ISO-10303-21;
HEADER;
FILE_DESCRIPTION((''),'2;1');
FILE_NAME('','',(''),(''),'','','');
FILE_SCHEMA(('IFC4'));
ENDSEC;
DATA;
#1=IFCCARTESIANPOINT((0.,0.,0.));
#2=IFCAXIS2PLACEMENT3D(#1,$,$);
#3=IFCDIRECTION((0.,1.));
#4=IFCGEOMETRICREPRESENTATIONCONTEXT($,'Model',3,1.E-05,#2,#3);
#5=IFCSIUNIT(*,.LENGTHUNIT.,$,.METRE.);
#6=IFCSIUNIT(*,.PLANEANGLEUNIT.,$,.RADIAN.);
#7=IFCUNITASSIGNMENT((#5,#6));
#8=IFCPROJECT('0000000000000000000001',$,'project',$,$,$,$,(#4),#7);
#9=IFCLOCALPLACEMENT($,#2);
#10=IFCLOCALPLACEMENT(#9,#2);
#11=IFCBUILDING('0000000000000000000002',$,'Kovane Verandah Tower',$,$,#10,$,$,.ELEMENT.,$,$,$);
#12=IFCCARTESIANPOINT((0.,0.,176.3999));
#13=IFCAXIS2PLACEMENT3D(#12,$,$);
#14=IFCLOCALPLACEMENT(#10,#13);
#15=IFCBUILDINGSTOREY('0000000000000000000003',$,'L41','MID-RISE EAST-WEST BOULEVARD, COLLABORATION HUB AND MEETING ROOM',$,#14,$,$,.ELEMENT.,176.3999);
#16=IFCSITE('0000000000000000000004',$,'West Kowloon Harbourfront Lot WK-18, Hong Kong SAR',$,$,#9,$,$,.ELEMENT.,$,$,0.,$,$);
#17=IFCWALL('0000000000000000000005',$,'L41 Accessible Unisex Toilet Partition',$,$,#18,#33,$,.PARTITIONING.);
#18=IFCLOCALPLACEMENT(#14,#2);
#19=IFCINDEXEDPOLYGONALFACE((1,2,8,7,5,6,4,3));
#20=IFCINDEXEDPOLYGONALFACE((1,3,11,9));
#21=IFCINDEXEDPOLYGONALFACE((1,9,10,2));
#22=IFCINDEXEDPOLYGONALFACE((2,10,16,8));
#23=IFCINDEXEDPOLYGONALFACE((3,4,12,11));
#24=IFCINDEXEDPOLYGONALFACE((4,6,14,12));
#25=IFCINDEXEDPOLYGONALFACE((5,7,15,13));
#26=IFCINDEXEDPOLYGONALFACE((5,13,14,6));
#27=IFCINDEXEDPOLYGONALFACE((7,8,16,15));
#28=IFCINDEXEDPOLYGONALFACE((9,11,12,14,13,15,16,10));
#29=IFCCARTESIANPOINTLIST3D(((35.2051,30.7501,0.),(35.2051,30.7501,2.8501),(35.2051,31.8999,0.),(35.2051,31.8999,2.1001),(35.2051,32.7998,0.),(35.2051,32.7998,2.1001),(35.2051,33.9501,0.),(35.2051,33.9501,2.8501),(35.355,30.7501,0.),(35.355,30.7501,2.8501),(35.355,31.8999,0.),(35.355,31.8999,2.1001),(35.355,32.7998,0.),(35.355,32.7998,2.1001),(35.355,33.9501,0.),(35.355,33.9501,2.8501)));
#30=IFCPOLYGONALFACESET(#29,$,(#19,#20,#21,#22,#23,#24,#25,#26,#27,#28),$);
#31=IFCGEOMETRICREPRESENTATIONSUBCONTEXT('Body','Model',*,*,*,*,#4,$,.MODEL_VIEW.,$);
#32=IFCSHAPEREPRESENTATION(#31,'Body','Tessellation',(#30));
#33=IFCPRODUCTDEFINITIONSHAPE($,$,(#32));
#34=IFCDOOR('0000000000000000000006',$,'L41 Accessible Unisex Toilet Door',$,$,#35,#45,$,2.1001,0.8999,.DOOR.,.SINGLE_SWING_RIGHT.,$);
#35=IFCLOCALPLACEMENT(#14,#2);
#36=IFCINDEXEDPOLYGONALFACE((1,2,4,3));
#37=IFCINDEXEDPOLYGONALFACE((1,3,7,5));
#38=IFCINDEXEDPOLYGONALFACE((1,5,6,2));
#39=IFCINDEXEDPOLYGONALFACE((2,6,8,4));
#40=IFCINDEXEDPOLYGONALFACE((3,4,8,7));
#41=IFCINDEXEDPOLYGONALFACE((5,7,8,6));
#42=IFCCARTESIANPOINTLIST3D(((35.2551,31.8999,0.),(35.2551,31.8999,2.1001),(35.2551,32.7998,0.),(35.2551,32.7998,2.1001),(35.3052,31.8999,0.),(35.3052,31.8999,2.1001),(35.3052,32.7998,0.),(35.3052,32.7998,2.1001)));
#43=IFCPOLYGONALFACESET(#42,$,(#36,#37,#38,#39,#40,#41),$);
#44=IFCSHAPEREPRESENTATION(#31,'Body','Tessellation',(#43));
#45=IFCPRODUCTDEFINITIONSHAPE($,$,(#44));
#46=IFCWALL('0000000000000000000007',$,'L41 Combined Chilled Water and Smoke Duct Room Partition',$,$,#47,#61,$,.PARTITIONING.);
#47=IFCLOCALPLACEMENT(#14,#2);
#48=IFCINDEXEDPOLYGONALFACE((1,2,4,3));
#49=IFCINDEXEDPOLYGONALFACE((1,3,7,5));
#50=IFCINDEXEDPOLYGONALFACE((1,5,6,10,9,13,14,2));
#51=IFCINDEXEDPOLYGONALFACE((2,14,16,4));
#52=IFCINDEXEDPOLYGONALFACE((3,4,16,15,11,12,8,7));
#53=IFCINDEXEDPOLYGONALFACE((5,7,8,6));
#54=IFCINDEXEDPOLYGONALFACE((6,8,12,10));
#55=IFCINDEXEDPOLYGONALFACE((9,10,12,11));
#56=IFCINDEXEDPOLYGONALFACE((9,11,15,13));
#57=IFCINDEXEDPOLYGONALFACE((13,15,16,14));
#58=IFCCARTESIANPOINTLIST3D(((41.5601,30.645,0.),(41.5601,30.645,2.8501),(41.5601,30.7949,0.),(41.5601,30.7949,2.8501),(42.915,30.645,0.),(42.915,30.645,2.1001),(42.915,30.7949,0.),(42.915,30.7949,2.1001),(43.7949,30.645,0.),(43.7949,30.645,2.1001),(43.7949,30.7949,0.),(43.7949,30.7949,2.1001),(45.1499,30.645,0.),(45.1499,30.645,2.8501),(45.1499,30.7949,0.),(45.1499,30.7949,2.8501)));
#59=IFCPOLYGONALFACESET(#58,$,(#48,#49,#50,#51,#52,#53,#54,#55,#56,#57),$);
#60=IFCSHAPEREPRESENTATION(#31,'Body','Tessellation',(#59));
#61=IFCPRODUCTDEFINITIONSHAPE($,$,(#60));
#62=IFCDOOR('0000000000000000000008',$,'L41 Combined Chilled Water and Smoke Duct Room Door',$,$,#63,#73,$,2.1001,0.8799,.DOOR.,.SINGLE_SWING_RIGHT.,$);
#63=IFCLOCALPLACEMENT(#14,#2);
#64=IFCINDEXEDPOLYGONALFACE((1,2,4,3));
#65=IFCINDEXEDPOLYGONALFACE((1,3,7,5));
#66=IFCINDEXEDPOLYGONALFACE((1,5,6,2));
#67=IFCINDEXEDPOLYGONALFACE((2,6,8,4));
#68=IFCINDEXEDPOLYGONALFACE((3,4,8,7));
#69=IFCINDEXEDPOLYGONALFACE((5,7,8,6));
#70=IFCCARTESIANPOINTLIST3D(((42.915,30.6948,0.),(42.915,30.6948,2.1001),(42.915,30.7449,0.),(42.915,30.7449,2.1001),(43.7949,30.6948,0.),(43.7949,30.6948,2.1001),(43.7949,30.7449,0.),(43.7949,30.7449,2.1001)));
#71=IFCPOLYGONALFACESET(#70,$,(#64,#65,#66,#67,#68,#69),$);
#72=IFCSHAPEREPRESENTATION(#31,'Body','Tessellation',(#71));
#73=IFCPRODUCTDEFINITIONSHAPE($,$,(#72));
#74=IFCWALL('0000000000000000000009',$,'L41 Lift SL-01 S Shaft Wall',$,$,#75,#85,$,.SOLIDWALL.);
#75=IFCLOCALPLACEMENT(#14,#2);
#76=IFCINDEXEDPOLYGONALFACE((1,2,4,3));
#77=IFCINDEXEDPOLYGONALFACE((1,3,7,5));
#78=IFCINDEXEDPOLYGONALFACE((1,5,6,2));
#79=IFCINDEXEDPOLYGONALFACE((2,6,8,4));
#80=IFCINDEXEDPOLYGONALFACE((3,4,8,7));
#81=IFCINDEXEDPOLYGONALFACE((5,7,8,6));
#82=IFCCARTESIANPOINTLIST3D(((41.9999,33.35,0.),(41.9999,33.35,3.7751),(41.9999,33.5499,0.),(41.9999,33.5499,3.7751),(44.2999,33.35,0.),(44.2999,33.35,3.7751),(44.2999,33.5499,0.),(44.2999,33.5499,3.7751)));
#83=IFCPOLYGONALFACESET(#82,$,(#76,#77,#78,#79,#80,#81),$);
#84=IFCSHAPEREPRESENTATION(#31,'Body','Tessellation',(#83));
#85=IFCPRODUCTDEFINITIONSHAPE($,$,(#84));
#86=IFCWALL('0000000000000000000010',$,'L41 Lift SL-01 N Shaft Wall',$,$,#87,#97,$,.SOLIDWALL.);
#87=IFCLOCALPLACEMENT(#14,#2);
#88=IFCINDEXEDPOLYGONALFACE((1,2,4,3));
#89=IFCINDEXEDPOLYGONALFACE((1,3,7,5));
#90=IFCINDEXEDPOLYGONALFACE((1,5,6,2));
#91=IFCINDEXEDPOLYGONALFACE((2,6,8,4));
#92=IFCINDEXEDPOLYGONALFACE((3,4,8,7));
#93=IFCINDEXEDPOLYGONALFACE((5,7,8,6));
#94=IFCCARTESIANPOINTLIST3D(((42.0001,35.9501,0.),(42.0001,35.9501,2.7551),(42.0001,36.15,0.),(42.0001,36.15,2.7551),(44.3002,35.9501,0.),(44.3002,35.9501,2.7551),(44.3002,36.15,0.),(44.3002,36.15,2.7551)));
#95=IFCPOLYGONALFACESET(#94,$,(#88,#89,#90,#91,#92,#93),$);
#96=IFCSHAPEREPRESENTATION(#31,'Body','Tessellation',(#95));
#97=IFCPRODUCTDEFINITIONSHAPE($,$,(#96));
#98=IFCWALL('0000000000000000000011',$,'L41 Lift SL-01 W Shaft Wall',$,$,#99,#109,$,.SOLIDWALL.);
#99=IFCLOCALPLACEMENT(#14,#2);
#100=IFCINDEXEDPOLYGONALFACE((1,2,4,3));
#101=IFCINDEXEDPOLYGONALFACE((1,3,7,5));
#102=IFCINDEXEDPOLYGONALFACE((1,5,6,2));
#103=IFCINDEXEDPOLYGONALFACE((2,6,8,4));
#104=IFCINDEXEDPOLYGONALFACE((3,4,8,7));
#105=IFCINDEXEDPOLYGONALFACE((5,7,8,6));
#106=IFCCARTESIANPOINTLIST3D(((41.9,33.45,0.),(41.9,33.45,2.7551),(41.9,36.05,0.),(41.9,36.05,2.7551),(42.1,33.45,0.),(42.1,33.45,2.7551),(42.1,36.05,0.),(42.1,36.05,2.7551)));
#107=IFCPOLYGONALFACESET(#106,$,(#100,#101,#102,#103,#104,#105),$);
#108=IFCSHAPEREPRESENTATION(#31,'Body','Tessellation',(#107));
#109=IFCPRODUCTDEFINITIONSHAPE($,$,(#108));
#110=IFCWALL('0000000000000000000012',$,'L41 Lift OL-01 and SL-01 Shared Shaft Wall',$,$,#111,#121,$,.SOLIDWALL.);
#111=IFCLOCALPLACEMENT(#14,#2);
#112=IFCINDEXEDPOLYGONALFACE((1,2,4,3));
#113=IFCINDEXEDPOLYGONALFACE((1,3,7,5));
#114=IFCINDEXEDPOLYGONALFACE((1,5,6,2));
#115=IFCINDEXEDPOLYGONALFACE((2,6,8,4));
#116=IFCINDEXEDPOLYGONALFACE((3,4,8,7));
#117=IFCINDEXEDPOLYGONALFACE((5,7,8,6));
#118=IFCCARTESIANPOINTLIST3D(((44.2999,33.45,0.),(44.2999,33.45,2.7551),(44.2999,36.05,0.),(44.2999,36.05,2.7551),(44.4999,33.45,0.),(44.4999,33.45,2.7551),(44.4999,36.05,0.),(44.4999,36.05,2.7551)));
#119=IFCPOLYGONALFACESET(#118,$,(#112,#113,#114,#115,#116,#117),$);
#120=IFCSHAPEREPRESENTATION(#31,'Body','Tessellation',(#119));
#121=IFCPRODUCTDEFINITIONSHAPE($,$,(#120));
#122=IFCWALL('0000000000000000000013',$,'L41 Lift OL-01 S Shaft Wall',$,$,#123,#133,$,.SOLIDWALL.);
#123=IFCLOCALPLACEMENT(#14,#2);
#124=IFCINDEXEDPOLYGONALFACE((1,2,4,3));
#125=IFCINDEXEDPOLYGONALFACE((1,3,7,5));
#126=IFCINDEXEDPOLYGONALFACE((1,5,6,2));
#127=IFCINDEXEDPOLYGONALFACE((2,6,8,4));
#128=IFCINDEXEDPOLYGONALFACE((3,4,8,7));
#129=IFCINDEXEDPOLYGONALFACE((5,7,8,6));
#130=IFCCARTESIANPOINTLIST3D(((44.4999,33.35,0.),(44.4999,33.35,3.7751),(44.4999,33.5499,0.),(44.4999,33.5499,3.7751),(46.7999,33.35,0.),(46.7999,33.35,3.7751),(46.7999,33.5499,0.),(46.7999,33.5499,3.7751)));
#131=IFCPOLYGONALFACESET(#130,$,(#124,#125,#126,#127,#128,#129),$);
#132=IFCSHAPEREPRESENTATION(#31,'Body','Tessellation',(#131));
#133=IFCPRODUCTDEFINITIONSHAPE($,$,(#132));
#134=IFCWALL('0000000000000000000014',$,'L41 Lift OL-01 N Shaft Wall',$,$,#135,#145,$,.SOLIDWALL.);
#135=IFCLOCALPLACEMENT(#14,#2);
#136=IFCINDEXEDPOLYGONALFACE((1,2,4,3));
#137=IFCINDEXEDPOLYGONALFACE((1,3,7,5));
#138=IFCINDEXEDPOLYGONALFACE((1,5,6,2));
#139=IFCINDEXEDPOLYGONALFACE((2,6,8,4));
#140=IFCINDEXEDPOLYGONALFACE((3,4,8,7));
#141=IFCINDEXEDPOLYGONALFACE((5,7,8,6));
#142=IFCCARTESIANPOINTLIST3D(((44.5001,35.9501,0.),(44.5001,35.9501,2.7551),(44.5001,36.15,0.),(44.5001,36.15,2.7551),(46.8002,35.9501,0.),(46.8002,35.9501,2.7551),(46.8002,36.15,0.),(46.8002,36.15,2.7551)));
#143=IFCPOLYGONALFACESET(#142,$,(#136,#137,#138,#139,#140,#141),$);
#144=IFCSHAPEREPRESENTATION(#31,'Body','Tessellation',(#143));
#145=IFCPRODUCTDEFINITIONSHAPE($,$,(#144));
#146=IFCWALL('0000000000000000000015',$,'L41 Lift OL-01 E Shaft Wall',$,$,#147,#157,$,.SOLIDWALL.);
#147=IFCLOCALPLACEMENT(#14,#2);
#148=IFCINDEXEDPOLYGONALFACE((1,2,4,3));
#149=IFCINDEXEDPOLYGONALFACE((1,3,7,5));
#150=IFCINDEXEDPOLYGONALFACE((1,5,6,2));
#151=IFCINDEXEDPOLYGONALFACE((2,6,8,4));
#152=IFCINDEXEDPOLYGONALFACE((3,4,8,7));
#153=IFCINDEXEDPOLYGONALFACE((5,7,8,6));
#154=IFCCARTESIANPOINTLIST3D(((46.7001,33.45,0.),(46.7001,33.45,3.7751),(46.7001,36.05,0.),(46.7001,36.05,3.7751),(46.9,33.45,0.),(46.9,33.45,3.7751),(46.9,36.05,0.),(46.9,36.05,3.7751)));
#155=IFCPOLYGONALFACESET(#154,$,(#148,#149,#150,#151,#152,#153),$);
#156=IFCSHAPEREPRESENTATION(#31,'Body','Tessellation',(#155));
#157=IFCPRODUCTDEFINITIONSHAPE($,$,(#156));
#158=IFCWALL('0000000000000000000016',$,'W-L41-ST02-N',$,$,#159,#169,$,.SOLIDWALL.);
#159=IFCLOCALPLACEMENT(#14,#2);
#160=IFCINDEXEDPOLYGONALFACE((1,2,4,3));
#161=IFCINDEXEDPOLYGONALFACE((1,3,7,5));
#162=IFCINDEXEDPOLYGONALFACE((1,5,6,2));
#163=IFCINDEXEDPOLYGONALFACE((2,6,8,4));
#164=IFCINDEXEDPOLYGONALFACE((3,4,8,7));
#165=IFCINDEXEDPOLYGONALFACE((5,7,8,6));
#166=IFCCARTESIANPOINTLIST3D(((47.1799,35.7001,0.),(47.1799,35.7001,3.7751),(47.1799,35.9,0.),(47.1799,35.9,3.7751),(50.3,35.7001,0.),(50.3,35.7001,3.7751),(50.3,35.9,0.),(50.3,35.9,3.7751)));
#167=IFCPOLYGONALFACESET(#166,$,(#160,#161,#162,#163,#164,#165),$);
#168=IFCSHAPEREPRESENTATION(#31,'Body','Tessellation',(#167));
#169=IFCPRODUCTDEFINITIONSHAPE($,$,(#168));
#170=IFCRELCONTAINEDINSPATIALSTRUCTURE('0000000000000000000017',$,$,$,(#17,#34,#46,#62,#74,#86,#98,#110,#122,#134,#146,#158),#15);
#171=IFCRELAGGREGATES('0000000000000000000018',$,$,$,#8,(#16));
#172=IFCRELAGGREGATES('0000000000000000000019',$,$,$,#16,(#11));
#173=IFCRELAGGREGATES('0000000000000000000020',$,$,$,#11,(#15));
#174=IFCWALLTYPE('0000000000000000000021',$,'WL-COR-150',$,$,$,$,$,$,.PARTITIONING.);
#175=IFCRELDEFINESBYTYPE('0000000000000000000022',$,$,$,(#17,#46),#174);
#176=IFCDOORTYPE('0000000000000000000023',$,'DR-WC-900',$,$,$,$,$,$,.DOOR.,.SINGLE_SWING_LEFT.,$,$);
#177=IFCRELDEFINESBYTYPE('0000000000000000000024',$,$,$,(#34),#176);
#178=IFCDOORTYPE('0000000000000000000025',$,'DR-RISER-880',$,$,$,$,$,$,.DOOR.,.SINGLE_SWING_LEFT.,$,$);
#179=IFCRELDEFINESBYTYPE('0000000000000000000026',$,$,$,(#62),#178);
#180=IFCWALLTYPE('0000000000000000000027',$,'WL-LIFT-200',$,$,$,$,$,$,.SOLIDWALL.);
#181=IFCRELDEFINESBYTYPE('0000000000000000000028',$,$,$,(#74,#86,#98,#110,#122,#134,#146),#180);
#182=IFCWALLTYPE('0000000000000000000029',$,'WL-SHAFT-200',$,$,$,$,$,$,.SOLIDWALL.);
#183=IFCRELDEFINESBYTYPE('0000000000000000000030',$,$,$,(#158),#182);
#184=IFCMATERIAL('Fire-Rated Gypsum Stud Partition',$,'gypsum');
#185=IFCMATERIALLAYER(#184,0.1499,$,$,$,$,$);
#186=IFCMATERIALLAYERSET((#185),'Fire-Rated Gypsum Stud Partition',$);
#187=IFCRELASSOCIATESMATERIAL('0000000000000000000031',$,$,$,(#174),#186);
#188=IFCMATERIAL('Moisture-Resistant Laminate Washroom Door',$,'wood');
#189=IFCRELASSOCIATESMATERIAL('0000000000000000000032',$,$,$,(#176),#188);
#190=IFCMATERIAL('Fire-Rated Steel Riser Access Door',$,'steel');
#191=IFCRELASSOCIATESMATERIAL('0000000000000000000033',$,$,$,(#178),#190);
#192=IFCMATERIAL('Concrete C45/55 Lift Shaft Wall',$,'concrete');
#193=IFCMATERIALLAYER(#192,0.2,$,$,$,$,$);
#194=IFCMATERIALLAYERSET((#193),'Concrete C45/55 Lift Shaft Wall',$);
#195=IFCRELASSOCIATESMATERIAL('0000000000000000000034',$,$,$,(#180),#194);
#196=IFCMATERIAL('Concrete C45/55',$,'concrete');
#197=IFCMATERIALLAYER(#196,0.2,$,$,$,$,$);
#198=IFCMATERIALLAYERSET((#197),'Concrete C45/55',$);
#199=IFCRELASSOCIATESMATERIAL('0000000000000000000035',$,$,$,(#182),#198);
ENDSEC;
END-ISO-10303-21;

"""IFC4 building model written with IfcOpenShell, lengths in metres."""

from ifc_helpers import new_model, si_unit, direction, frame, frame_2d, origin, place, context, subcontext, project, spatial, rectangle, extrude, material, layer, layer_set, type_object, element, fill, save


model = new_model("IFC4")

# Units and contexts
model_context = context("Model", 3, precision=1e-05, world=origin(), true_north=direction((0.0, 1.0)))
body_context = subcontext(model_context, "Body", "Model", "MODEL_VIEW")
ifc_project = project(units=[si_unit("LENGTHUNIT", "METRE"), si_unit("PLANEANGLEUNIT", "RADIAN")], contexts=[model_context])

# Site, building, storey
site_placement = place(None, origin())
site = spatial("IfcSite", under=ifc_project, at=site_placement, Name="West Kowloon Harbourfront Lot WK-18, Hong Kong SAR", CompositionType="ELEMENT", RefElevation=0.0)
building_placement = place(site_placement, origin())
building = spatial("IfcBuilding", under=site, at=building_placement, Name="Kovane Verandah Tower", CompositionType="ELEMENT")
storey_placement = place(building_placement, frame((0.0, 0.0, 176.3999)))
storey = spatial("IfcBuildingStorey", under=building, at=storey_placement, Name="L41", Description="MID-RISE EAST-WEST BOULEVARD, COLLABORATION HUB AND MEETING ROOM", CompositionType="ELEMENT", Elevation=176.3999)

# Walls, openings, doors
ifc_material_1 = material(Name="Fire-Rated Gypsum Stud Partition", Category="gypsum")
ifc_layer_1 = layer(ifc_material_1, 0.1499)
ifc_layer_set_1 = layer_set([ifc_layer_1], Name="Fire-Rated Gypsum Stud Partition")
wall_type_1 = type_object("IfcWallType", Name="WL-COR-150", PredefinedType="PARTITIONING", material=ifc_layer_set_1)
wall_1_placement = place(storey_placement, frame((35.28, 30.75, 0.0), z_axis=(0.0, 0.0, 1.0), x_axis=(0.0, 1.0, 0.0)))
wall_1 = element("IfcWall", 1, at=wall_1_placement, inside=storey, type_object=wall_type_1, Name="L41 Accessible Unisex Toilet Partition", PredefinedType="PARTITIONING", context=body_context, shape_type="SweptSolid", body=[
    extrude(rectangle(XDim=3.2, YDim=0.1499, at=frame_2d((1.6001, 0.0))), origin(), (0.0, 0.0, 1.0), 2.8501),
])
opening_1_placement = place(wall_1_placement, frame((1.1499, 0.0, 0.0)))
opening_1 = element("IfcOpeningElement", 2, at=opening_1_placement, cuts=wall_1, PredefinedType="OPENING", context=body_context, shape_type="SweptSolid", body=[
    extrude(rectangle(XDim=0.8999, YDim=2.1001, at=frame_2d((0.45, 1.05))), frame((0.0, 0.075, 0.0), z_axis=(0.0, -1.0, 0.0), x_axis=(1.0, 0.0, 0.0)), (0.0, 0.0, 1.0), 0.1499),
])
ifc_material_2 = material(Name="Moisture-Resistant Laminate Washroom Door", Category="wood")
door_type_1 = type_object("IfcDoorType", Name="DR-WC-900", OperationType="SINGLE_SWING_LEFT", PredefinedType="DOOR", material=ifc_material_2)
door_1_placement = place(opening_1_placement, origin())
door_1 = element("IfcDoor", 3, at=door_1_placement, inside=storey, type_object=door_type_1, Name="L41 Accessible Unisex Toilet Door", OperationType="SINGLE_SWING_RIGHT", OverallHeight=2.1001, OverallWidth=0.8999, PredefinedType="DOOR", context=body_context, shape_type="SweptSolid", body=[
    extrude(rectangle(XDim=0.8999, YDim=2.1001, at=frame_2d((0.45, 1.05))), frame((0.0, 0.0249, 0.0), z_axis=(0.0, -1.0, 0.0), x_axis=(1.0, 0.0, 0.0)), (0.0, 0.0, 1.0), 0.05),
])
fill(opening_1, door_1)
wall_2_placement = place(storey_placement, frame((41.5601, 30.72, 0.0), z_axis=(0.0, 0.0, 1.0), x_axis=(1.0, 0.0, 0.0)))
wall_2 = element("IfcWall", 4, at=wall_2_placement, inside=storey, type_object=wall_type_1, Name="L41 Combined Chilled Water and Smoke Duct Room Partition", PredefinedType="PARTITIONING", context=body_context, shape_type="SweptSolid", body=[
    extrude(rectangle(XDim=3.5898, YDim=0.1499, at=frame_2d((1.7949, 0.0))), origin(), (0.0, 0.0, 1.0), 2.8501),
])
opening_2_placement = place(wall_2_placement, frame((1.355, 0.0, 0.0)))
opening_2 = element("IfcOpeningElement", 5, at=opening_2_placement, cuts=wall_2, PredefinedType="OPENING", context=body_context, shape_type="SweptSolid", body=[
    extrude(rectangle(XDim=0.8799, YDim=2.1001, at=frame_2d((0.4399, 1.05))), frame((0.0, 0.075, 0.0), z_axis=(0.0, -1.0, 0.0), x_axis=(1.0, 0.0, 0.0)), (0.0, 0.0, 1.0), 0.1499),
])
ifc_material_3 = material(Name="Fire-Rated Steel Riser Access Door", Category="steel")
door_type_2 = type_object("IfcDoorType", Name="DR-RISER-880", OperationType="SINGLE_SWING_LEFT", PredefinedType="DOOR", material=ifc_material_3)
door_2_placement = place(opening_2_placement, origin())
door_2 = element("IfcDoor", 6, at=door_2_placement, inside=storey, type_object=door_type_2, Name="L41 Combined Chilled Water and Smoke Duct Room Door", OperationType="SINGLE_SWING_RIGHT", OverallHeight=2.1001, OverallWidth=0.8799, PredefinedType="DOOR", context=body_context, shape_type="SweptSolid", body=[
    extrude(rectangle(XDim=0.8799, YDim=2.1001, at=frame_2d((0.4399, 1.05))), frame((0.0, 0.0249, 0.0), z_axis=(0.0, -1.0, 0.0), x_axis=(1.0, 0.0, 0.0)), (0.0, 0.0, 1.0), 0.05),
])
fill(opening_2, door_2)

# Walls
ifc_material_4 = material(Name="Concrete C45/55 Lift Shaft Wall", Category="concrete")
ifc_layer_2 = layer(ifc_material_4, 0.2)
ifc_layer_set_2 = layer_set([ifc_layer_2], Name="Concrete C45/55 Lift Shaft Wall")
wall_type_2 = type_object("IfcWallType", Name="WL-LIFT-200", PredefinedType="SOLIDWALL", material=ifc_layer_set_2)
wall_3_placement = place(storey_placement, frame((42.0, 33.45, 0.0), z_axis=(0.0, 0.0, 1.0), x_axis=(1.0, 0.0, 0.0)))
element("IfcWall", 7, at=wall_3_placement, inside=storey, type_object=wall_type_2, Name="L41 Lift SL-01 S Shaft Wall", PredefinedType="SOLIDWALL", context=body_context, shape_type="SweptSolid", body=[
    extrude(rectangle(XDim=2.3, YDim=0.2, at=frame_2d((1.1499, 0.0))), origin(), (0.0, 0.0, 1.0), 3.7751),
])
wall_4_placement = place(storey_placement, frame((44.3, 36.05, 0.0), z_axis=(0.0, 0.0, 1.0), x_axis=(-1.0, 0.0, 0.0)))
element("IfcWall", 8, at=wall_4_placement, inside=storey, type_object=wall_type_2, Name="L41 Lift SL-01 N Shaft Wall", PredefinedType="SOLIDWALL", context=body_context, shape_type="SweptSolid", body=[
    extrude(rectangle(XDim=2.3, YDim=0.2, at=frame_2d((1.1499, 0.0))), origin(), (0.0, 0.0, 1.0), 2.7551),
])
for number, where, z_axis, x_axis, name in (
    (9, (42.0, 36.05, 0.0), (0.0, 0.0, 1.0), (0.0, -1.0, 0.0), "L41 Lift SL-01 W Shaft Wall"),
    (10, (44.3999, 33.45, 0.0), (0.0, 0.0, 1.0), (0.0, 1.0, 0.0), "L41 Lift OL-01 and SL-01 Shared Shaft Wall"),
):
    element("IfcWall", number, at=place(storey_placement, frame(where, z_axis=z_axis, x_axis=x_axis)), inside=storey, type_object=wall_type_2, Name=name, PredefinedType="SOLIDWALL", context=body_context, shape_type="SweptSolid", body=[
        extrude(rectangle(XDim=2.6001, YDim=0.2, at=frame_2d((1.3, 0.0))), origin(), (0.0, 0.0, 1.0), 2.7551),
    ])
wall_5_placement = place(storey_placement, frame((44.5, 33.45, 0.0), z_axis=(0.0, 0.0, 1.0), x_axis=(1.0, 0.0, 0.0)))
element("IfcWall", 11, at=wall_5_placement, inside=storey, type_object=wall_type_2, Name="L41 Lift OL-01 S Shaft Wall", PredefinedType="SOLIDWALL", context=body_context, shape_type="SweptSolid", body=[
    extrude(rectangle(XDim=2.3, YDim=0.2, at=frame_2d((1.1499, 0.0))), origin(), (0.0, 0.0, 1.0), 3.7751),
])
wall_6_placement = place(storey_placement, frame((46.8, 36.05, 0.0), z_axis=(0.0, 0.0, 1.0), x_axis=(-1.0, 0.0, 0.0)))
element("IfcWall", 12, at=wall_6_placement, inside=storey, type_object=wall_type_2, Name="L41 Lift OL-01 N Shaft Wall", PredefinedType="SOLIDWALL", context=body_context, shape_type="SweptSolid", body=[
    extrude(rectangle(XDim=2.3, YDim=0.2, at=frame_2d((1.1499, 0.0))), origin(), (0.0, 0.0, 1.0), 2.7551),
])
wall_7_placement = place(storey_placement, frame((46.8, 33.45, 0.0), z_axis=(0.0, 0.0, 1.0), x_axis=(0.0, 1.0, 0.0)))
element("IfcWall", 13, at=wall_7_placement, inside=storey, type_object=wall_type_2, Name="L41 Lift OL-01 E Shaft Wall", PredefinedType="SOLIDWALL", context=body_context, shape_type="SweptSolid", body=[
    extrude(rectangle(XDim=2.6001, YDim=0.2, at=frame_2d((1.3, 0.0))), origin(), (0.0, 0.0, 1.0), 3.7751),
])
ifc_material_5 = material(Name="Concrete C45/55", Category="concrete")
ifc_layer_3 = layer(ifc_material_5, 0.2)
ifc_layer_set_3 = layer_set([ifc_layer_3], Name="Concrete C45/55")
wall_type_3 = type_object("IfcWallType", Name="WL-SHAFT-200", PredefinedType="SOLIDWALL", material=ifc_layer_set_3)
wall_8_placement = place(storey_placement, frame((47.1799, 35.8, 0.0), z_axis=(0.0, 0.0, 1.0), x_axis=(1.0, 0.0, 0.0)))
element("IfcWall", 14, at=wall_8_placement, inside=storey, type_object=wall_type_3, Name="W-L41-ST02-N", PredefinedType="SOLIDWALL", context=body_context, shape_type="SweptSolid", body=[
    extrude(rectangle(XDim=3.1201, YDim=0.2, at=frame_2d((1.5601, 0.0))), origin(), (0.0, 0.0, 1.0), 3.7751),
])

save(model, "model.ifc")
